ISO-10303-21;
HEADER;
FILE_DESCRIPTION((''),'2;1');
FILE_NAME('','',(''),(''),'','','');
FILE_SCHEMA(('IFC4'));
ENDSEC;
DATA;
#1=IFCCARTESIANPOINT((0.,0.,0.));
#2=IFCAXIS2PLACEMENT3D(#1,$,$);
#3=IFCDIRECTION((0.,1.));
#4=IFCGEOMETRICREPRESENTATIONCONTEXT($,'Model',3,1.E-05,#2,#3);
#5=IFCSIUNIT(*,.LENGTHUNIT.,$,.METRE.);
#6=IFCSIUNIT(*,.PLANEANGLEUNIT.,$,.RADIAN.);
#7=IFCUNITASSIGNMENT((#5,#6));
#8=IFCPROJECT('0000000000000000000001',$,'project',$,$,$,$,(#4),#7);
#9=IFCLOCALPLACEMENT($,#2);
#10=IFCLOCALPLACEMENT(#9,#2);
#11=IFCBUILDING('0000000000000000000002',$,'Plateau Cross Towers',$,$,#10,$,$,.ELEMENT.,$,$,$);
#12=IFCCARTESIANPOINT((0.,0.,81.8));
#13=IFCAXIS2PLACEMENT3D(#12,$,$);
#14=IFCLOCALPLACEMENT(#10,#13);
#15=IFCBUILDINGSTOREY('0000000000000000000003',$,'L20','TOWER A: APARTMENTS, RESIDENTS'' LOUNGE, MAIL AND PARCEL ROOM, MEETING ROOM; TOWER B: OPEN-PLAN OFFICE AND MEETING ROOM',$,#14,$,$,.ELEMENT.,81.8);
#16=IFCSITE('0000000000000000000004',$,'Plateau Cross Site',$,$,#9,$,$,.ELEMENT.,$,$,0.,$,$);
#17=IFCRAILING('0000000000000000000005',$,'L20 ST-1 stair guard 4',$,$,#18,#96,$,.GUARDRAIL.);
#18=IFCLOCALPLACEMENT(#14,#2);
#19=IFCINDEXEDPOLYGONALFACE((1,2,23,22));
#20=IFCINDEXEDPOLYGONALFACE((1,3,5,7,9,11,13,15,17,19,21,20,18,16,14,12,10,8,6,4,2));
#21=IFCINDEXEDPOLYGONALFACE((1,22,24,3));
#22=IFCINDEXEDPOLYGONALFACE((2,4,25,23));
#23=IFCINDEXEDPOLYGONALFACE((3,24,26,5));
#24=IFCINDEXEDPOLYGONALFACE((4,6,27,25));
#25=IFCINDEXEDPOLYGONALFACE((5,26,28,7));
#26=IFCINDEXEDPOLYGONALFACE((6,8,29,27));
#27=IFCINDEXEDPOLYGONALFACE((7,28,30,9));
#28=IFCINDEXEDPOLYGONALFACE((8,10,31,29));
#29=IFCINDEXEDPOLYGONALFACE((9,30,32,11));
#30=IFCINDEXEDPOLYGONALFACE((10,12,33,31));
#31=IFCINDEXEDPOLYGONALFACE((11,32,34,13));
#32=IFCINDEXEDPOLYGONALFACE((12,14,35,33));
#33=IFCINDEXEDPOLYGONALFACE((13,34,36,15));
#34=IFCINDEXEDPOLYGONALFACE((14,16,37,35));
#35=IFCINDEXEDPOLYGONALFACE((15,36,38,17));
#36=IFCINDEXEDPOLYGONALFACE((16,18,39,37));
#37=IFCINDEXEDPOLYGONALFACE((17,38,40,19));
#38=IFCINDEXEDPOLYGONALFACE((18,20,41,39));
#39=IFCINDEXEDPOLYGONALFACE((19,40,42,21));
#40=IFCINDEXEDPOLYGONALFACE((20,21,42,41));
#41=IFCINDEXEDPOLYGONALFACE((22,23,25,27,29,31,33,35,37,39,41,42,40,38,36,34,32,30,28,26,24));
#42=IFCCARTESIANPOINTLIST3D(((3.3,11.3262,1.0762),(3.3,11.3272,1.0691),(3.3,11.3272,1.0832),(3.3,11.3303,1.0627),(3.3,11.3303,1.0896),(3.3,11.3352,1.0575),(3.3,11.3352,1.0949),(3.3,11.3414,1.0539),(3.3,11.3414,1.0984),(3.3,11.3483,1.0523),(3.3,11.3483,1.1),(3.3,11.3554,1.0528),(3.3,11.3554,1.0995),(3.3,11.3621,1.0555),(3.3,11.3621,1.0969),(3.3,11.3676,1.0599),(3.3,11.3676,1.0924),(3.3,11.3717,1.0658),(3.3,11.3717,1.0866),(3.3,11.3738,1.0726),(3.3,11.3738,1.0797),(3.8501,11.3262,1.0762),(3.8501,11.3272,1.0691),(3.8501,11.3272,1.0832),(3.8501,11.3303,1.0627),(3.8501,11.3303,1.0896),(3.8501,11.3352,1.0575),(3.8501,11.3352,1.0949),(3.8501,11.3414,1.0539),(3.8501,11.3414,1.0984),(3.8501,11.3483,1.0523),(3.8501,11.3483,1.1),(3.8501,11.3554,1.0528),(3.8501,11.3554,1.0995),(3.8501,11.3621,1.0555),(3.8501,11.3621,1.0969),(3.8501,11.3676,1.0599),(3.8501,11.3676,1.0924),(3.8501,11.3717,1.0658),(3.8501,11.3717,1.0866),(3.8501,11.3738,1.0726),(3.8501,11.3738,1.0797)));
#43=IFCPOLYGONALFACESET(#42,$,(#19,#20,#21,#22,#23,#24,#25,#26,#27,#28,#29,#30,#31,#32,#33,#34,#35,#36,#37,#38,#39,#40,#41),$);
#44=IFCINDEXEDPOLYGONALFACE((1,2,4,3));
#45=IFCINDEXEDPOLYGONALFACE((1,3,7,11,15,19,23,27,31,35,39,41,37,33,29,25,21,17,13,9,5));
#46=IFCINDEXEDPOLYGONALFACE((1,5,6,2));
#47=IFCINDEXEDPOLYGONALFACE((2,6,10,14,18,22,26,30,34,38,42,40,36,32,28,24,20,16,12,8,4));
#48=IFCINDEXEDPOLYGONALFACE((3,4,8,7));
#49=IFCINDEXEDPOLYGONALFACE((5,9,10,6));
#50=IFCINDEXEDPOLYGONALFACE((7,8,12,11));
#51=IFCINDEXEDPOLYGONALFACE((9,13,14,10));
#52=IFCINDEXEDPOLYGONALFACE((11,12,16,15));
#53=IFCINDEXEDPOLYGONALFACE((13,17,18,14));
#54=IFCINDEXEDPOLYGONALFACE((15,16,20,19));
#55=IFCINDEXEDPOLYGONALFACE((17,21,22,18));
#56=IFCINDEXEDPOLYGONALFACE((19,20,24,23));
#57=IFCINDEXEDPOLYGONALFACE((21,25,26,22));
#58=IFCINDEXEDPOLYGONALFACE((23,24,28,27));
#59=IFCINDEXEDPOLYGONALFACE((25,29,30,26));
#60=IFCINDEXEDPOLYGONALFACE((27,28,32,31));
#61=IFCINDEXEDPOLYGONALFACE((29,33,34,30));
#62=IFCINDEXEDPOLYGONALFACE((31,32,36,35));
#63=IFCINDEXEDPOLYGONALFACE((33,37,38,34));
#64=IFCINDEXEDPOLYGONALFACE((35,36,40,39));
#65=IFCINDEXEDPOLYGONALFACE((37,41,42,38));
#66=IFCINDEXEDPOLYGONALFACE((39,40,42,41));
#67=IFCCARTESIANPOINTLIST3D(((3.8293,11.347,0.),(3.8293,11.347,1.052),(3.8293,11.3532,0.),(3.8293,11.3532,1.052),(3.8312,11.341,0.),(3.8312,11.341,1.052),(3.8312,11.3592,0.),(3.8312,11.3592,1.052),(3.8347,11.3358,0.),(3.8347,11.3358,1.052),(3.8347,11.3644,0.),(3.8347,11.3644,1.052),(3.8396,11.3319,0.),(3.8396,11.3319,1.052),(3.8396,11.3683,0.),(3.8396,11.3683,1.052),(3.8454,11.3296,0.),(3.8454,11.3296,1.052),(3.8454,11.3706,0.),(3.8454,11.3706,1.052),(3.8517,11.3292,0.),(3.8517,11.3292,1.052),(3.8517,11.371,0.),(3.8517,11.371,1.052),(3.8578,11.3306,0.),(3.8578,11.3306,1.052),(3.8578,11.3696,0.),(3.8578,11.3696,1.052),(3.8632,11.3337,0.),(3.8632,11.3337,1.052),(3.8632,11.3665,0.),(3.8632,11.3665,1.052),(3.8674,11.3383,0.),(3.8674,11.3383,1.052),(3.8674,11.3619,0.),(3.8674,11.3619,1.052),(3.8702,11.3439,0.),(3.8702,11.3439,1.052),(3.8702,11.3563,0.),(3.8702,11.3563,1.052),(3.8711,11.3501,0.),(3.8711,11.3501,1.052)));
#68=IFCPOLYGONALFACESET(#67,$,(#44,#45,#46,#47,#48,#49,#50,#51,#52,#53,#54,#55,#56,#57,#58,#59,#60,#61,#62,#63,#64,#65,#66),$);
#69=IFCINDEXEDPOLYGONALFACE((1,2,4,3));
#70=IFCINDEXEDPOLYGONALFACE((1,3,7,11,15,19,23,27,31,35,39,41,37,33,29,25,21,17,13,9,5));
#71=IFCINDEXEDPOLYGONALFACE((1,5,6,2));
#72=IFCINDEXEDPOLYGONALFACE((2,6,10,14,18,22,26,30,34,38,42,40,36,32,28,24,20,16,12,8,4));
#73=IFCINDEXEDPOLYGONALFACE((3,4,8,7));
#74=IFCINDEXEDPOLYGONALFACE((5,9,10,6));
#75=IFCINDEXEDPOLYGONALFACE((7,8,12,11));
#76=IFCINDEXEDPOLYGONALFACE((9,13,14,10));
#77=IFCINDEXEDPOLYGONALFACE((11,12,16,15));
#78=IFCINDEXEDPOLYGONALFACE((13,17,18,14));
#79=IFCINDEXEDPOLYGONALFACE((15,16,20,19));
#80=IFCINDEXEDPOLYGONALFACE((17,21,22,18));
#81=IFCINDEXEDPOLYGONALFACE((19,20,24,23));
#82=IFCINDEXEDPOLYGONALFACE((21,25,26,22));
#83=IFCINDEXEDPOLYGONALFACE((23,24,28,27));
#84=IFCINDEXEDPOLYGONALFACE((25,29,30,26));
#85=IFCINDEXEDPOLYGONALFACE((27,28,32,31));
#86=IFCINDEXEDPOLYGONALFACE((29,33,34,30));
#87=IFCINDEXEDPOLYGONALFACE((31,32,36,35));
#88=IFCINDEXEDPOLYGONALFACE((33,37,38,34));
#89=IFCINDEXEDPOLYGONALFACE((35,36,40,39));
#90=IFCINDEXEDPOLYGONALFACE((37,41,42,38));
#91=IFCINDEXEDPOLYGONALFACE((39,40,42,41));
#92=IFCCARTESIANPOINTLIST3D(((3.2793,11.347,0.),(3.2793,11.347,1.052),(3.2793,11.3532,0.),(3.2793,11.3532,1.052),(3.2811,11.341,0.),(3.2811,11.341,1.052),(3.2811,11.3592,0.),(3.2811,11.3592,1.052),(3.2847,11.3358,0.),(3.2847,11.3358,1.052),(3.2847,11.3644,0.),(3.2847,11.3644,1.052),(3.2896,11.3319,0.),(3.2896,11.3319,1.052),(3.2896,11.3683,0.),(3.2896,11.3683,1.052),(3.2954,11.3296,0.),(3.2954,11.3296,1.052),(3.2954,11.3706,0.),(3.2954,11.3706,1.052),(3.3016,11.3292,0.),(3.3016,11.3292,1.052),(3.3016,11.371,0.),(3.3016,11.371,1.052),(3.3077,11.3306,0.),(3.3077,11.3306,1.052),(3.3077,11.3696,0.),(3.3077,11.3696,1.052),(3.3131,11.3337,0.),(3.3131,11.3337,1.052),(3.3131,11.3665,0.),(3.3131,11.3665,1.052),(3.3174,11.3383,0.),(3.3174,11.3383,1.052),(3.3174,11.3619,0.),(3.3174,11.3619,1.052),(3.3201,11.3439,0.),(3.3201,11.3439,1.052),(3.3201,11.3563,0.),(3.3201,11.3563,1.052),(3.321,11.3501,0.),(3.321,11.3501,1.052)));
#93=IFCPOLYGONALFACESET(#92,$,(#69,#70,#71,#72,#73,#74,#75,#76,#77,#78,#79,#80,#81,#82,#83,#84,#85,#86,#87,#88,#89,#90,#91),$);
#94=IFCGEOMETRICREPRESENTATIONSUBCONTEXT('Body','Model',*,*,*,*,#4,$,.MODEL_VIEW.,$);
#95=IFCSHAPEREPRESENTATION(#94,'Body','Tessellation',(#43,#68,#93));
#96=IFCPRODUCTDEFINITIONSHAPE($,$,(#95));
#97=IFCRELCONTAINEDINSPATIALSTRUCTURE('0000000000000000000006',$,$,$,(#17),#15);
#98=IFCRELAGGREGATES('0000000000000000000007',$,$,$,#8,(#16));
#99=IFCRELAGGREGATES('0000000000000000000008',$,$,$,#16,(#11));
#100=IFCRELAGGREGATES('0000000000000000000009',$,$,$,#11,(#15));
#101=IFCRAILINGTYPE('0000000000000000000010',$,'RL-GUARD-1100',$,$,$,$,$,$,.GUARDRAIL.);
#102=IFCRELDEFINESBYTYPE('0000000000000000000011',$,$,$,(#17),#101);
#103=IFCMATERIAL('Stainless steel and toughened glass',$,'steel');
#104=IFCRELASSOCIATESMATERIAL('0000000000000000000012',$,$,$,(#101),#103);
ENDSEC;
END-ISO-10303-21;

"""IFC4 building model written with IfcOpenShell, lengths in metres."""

from ifc_helpers import new_model, si_unit, direction, frame, origin, origin_2d, place, context, subcontext, project, spatial, circle, extrude, material, type_object, element, save


model = new_model("IFC4")

# Units and contexts
model_context = context("Model", 3, precision=1e-05, world=origin(), true_north=direction((0.0, 1.0)))
body_context = subcontext(model_context, "Body", "Model", "MODEL_VIEW")
ifc_project = project(units=[si_unit("LENGTHUNIT", "METRE"), si_unit("PLANEANGLEUNIT", "RADIAN")], contexts=[model_context])

# Site, building, storey
site_placement = place(None, origin())
site = spatial("IfcSite", under=ifc_project, at=site_placement, Name="Plateau Cross Site", CompositionType="ELEMENT", RefElevation=0.0)
building_placement = place(site_placement, origin())
building = spatial("IfcBuilding", under=site, at=building_placement, Name="Plateau Cross Towers", CompositionType="ELEMENT")
storey_placement = place(building_placement, frame((0.0, 0.0, 81.8)))
storey = spatial("IfcBuildingStorey", under=building, at=storey_placement, Name="L20", Description="TOWER A: APARTMENTS, RESIDENTS' LOUNGE, MAIL AND PARCEL ROOM, MEETING ROOM; TOWER B: OPEN-PLAN OFFICE AND MEETING ROOM", CompositionType="ELEMENT", Elevation=81.8)

# Railing
ifc_material_1 = material(Name="Stainless steel and toughened glass", Category="steel")
railing_type = type_object("IfcRailingType", Name="RL-GUARD-1100", PredefinedType="GUARDRAIL", material=ifc_material_1)
railing_1_placement = place(storey_placement, frame((3.8501, 11.3501, 0.0)))
element("IfcRailing", 1, at=railing_1_placement, inside=storey, type_object=railing_type, Name="L20 ST-1 stair guard 4", PredefinedType="GUARDRAIL", context=body_context, shape_type="SweptSolid", body=[
    extrude(circle(Radius=0.0239, at=origin_2d()), frame((0.0, 0.0, 1.0762), z_axis=(-1.0, 0.0, 0.0), x_axis=(0.0, -1.0, 0.0)), (0.0, 0.0, 1.0), 0.55),
    extrude(circle(Radius=0.021, at=origin_2d()), origin(), (0.0, 0.0, 1.0), 1.052),
    extrude(circle(Radius=0.021, at=origin_2d()), frame((-0.55, 0.0, 0.0)), (0.0, 0.0, 1.0), 1.052),
])

save(model, "model.ifc")
